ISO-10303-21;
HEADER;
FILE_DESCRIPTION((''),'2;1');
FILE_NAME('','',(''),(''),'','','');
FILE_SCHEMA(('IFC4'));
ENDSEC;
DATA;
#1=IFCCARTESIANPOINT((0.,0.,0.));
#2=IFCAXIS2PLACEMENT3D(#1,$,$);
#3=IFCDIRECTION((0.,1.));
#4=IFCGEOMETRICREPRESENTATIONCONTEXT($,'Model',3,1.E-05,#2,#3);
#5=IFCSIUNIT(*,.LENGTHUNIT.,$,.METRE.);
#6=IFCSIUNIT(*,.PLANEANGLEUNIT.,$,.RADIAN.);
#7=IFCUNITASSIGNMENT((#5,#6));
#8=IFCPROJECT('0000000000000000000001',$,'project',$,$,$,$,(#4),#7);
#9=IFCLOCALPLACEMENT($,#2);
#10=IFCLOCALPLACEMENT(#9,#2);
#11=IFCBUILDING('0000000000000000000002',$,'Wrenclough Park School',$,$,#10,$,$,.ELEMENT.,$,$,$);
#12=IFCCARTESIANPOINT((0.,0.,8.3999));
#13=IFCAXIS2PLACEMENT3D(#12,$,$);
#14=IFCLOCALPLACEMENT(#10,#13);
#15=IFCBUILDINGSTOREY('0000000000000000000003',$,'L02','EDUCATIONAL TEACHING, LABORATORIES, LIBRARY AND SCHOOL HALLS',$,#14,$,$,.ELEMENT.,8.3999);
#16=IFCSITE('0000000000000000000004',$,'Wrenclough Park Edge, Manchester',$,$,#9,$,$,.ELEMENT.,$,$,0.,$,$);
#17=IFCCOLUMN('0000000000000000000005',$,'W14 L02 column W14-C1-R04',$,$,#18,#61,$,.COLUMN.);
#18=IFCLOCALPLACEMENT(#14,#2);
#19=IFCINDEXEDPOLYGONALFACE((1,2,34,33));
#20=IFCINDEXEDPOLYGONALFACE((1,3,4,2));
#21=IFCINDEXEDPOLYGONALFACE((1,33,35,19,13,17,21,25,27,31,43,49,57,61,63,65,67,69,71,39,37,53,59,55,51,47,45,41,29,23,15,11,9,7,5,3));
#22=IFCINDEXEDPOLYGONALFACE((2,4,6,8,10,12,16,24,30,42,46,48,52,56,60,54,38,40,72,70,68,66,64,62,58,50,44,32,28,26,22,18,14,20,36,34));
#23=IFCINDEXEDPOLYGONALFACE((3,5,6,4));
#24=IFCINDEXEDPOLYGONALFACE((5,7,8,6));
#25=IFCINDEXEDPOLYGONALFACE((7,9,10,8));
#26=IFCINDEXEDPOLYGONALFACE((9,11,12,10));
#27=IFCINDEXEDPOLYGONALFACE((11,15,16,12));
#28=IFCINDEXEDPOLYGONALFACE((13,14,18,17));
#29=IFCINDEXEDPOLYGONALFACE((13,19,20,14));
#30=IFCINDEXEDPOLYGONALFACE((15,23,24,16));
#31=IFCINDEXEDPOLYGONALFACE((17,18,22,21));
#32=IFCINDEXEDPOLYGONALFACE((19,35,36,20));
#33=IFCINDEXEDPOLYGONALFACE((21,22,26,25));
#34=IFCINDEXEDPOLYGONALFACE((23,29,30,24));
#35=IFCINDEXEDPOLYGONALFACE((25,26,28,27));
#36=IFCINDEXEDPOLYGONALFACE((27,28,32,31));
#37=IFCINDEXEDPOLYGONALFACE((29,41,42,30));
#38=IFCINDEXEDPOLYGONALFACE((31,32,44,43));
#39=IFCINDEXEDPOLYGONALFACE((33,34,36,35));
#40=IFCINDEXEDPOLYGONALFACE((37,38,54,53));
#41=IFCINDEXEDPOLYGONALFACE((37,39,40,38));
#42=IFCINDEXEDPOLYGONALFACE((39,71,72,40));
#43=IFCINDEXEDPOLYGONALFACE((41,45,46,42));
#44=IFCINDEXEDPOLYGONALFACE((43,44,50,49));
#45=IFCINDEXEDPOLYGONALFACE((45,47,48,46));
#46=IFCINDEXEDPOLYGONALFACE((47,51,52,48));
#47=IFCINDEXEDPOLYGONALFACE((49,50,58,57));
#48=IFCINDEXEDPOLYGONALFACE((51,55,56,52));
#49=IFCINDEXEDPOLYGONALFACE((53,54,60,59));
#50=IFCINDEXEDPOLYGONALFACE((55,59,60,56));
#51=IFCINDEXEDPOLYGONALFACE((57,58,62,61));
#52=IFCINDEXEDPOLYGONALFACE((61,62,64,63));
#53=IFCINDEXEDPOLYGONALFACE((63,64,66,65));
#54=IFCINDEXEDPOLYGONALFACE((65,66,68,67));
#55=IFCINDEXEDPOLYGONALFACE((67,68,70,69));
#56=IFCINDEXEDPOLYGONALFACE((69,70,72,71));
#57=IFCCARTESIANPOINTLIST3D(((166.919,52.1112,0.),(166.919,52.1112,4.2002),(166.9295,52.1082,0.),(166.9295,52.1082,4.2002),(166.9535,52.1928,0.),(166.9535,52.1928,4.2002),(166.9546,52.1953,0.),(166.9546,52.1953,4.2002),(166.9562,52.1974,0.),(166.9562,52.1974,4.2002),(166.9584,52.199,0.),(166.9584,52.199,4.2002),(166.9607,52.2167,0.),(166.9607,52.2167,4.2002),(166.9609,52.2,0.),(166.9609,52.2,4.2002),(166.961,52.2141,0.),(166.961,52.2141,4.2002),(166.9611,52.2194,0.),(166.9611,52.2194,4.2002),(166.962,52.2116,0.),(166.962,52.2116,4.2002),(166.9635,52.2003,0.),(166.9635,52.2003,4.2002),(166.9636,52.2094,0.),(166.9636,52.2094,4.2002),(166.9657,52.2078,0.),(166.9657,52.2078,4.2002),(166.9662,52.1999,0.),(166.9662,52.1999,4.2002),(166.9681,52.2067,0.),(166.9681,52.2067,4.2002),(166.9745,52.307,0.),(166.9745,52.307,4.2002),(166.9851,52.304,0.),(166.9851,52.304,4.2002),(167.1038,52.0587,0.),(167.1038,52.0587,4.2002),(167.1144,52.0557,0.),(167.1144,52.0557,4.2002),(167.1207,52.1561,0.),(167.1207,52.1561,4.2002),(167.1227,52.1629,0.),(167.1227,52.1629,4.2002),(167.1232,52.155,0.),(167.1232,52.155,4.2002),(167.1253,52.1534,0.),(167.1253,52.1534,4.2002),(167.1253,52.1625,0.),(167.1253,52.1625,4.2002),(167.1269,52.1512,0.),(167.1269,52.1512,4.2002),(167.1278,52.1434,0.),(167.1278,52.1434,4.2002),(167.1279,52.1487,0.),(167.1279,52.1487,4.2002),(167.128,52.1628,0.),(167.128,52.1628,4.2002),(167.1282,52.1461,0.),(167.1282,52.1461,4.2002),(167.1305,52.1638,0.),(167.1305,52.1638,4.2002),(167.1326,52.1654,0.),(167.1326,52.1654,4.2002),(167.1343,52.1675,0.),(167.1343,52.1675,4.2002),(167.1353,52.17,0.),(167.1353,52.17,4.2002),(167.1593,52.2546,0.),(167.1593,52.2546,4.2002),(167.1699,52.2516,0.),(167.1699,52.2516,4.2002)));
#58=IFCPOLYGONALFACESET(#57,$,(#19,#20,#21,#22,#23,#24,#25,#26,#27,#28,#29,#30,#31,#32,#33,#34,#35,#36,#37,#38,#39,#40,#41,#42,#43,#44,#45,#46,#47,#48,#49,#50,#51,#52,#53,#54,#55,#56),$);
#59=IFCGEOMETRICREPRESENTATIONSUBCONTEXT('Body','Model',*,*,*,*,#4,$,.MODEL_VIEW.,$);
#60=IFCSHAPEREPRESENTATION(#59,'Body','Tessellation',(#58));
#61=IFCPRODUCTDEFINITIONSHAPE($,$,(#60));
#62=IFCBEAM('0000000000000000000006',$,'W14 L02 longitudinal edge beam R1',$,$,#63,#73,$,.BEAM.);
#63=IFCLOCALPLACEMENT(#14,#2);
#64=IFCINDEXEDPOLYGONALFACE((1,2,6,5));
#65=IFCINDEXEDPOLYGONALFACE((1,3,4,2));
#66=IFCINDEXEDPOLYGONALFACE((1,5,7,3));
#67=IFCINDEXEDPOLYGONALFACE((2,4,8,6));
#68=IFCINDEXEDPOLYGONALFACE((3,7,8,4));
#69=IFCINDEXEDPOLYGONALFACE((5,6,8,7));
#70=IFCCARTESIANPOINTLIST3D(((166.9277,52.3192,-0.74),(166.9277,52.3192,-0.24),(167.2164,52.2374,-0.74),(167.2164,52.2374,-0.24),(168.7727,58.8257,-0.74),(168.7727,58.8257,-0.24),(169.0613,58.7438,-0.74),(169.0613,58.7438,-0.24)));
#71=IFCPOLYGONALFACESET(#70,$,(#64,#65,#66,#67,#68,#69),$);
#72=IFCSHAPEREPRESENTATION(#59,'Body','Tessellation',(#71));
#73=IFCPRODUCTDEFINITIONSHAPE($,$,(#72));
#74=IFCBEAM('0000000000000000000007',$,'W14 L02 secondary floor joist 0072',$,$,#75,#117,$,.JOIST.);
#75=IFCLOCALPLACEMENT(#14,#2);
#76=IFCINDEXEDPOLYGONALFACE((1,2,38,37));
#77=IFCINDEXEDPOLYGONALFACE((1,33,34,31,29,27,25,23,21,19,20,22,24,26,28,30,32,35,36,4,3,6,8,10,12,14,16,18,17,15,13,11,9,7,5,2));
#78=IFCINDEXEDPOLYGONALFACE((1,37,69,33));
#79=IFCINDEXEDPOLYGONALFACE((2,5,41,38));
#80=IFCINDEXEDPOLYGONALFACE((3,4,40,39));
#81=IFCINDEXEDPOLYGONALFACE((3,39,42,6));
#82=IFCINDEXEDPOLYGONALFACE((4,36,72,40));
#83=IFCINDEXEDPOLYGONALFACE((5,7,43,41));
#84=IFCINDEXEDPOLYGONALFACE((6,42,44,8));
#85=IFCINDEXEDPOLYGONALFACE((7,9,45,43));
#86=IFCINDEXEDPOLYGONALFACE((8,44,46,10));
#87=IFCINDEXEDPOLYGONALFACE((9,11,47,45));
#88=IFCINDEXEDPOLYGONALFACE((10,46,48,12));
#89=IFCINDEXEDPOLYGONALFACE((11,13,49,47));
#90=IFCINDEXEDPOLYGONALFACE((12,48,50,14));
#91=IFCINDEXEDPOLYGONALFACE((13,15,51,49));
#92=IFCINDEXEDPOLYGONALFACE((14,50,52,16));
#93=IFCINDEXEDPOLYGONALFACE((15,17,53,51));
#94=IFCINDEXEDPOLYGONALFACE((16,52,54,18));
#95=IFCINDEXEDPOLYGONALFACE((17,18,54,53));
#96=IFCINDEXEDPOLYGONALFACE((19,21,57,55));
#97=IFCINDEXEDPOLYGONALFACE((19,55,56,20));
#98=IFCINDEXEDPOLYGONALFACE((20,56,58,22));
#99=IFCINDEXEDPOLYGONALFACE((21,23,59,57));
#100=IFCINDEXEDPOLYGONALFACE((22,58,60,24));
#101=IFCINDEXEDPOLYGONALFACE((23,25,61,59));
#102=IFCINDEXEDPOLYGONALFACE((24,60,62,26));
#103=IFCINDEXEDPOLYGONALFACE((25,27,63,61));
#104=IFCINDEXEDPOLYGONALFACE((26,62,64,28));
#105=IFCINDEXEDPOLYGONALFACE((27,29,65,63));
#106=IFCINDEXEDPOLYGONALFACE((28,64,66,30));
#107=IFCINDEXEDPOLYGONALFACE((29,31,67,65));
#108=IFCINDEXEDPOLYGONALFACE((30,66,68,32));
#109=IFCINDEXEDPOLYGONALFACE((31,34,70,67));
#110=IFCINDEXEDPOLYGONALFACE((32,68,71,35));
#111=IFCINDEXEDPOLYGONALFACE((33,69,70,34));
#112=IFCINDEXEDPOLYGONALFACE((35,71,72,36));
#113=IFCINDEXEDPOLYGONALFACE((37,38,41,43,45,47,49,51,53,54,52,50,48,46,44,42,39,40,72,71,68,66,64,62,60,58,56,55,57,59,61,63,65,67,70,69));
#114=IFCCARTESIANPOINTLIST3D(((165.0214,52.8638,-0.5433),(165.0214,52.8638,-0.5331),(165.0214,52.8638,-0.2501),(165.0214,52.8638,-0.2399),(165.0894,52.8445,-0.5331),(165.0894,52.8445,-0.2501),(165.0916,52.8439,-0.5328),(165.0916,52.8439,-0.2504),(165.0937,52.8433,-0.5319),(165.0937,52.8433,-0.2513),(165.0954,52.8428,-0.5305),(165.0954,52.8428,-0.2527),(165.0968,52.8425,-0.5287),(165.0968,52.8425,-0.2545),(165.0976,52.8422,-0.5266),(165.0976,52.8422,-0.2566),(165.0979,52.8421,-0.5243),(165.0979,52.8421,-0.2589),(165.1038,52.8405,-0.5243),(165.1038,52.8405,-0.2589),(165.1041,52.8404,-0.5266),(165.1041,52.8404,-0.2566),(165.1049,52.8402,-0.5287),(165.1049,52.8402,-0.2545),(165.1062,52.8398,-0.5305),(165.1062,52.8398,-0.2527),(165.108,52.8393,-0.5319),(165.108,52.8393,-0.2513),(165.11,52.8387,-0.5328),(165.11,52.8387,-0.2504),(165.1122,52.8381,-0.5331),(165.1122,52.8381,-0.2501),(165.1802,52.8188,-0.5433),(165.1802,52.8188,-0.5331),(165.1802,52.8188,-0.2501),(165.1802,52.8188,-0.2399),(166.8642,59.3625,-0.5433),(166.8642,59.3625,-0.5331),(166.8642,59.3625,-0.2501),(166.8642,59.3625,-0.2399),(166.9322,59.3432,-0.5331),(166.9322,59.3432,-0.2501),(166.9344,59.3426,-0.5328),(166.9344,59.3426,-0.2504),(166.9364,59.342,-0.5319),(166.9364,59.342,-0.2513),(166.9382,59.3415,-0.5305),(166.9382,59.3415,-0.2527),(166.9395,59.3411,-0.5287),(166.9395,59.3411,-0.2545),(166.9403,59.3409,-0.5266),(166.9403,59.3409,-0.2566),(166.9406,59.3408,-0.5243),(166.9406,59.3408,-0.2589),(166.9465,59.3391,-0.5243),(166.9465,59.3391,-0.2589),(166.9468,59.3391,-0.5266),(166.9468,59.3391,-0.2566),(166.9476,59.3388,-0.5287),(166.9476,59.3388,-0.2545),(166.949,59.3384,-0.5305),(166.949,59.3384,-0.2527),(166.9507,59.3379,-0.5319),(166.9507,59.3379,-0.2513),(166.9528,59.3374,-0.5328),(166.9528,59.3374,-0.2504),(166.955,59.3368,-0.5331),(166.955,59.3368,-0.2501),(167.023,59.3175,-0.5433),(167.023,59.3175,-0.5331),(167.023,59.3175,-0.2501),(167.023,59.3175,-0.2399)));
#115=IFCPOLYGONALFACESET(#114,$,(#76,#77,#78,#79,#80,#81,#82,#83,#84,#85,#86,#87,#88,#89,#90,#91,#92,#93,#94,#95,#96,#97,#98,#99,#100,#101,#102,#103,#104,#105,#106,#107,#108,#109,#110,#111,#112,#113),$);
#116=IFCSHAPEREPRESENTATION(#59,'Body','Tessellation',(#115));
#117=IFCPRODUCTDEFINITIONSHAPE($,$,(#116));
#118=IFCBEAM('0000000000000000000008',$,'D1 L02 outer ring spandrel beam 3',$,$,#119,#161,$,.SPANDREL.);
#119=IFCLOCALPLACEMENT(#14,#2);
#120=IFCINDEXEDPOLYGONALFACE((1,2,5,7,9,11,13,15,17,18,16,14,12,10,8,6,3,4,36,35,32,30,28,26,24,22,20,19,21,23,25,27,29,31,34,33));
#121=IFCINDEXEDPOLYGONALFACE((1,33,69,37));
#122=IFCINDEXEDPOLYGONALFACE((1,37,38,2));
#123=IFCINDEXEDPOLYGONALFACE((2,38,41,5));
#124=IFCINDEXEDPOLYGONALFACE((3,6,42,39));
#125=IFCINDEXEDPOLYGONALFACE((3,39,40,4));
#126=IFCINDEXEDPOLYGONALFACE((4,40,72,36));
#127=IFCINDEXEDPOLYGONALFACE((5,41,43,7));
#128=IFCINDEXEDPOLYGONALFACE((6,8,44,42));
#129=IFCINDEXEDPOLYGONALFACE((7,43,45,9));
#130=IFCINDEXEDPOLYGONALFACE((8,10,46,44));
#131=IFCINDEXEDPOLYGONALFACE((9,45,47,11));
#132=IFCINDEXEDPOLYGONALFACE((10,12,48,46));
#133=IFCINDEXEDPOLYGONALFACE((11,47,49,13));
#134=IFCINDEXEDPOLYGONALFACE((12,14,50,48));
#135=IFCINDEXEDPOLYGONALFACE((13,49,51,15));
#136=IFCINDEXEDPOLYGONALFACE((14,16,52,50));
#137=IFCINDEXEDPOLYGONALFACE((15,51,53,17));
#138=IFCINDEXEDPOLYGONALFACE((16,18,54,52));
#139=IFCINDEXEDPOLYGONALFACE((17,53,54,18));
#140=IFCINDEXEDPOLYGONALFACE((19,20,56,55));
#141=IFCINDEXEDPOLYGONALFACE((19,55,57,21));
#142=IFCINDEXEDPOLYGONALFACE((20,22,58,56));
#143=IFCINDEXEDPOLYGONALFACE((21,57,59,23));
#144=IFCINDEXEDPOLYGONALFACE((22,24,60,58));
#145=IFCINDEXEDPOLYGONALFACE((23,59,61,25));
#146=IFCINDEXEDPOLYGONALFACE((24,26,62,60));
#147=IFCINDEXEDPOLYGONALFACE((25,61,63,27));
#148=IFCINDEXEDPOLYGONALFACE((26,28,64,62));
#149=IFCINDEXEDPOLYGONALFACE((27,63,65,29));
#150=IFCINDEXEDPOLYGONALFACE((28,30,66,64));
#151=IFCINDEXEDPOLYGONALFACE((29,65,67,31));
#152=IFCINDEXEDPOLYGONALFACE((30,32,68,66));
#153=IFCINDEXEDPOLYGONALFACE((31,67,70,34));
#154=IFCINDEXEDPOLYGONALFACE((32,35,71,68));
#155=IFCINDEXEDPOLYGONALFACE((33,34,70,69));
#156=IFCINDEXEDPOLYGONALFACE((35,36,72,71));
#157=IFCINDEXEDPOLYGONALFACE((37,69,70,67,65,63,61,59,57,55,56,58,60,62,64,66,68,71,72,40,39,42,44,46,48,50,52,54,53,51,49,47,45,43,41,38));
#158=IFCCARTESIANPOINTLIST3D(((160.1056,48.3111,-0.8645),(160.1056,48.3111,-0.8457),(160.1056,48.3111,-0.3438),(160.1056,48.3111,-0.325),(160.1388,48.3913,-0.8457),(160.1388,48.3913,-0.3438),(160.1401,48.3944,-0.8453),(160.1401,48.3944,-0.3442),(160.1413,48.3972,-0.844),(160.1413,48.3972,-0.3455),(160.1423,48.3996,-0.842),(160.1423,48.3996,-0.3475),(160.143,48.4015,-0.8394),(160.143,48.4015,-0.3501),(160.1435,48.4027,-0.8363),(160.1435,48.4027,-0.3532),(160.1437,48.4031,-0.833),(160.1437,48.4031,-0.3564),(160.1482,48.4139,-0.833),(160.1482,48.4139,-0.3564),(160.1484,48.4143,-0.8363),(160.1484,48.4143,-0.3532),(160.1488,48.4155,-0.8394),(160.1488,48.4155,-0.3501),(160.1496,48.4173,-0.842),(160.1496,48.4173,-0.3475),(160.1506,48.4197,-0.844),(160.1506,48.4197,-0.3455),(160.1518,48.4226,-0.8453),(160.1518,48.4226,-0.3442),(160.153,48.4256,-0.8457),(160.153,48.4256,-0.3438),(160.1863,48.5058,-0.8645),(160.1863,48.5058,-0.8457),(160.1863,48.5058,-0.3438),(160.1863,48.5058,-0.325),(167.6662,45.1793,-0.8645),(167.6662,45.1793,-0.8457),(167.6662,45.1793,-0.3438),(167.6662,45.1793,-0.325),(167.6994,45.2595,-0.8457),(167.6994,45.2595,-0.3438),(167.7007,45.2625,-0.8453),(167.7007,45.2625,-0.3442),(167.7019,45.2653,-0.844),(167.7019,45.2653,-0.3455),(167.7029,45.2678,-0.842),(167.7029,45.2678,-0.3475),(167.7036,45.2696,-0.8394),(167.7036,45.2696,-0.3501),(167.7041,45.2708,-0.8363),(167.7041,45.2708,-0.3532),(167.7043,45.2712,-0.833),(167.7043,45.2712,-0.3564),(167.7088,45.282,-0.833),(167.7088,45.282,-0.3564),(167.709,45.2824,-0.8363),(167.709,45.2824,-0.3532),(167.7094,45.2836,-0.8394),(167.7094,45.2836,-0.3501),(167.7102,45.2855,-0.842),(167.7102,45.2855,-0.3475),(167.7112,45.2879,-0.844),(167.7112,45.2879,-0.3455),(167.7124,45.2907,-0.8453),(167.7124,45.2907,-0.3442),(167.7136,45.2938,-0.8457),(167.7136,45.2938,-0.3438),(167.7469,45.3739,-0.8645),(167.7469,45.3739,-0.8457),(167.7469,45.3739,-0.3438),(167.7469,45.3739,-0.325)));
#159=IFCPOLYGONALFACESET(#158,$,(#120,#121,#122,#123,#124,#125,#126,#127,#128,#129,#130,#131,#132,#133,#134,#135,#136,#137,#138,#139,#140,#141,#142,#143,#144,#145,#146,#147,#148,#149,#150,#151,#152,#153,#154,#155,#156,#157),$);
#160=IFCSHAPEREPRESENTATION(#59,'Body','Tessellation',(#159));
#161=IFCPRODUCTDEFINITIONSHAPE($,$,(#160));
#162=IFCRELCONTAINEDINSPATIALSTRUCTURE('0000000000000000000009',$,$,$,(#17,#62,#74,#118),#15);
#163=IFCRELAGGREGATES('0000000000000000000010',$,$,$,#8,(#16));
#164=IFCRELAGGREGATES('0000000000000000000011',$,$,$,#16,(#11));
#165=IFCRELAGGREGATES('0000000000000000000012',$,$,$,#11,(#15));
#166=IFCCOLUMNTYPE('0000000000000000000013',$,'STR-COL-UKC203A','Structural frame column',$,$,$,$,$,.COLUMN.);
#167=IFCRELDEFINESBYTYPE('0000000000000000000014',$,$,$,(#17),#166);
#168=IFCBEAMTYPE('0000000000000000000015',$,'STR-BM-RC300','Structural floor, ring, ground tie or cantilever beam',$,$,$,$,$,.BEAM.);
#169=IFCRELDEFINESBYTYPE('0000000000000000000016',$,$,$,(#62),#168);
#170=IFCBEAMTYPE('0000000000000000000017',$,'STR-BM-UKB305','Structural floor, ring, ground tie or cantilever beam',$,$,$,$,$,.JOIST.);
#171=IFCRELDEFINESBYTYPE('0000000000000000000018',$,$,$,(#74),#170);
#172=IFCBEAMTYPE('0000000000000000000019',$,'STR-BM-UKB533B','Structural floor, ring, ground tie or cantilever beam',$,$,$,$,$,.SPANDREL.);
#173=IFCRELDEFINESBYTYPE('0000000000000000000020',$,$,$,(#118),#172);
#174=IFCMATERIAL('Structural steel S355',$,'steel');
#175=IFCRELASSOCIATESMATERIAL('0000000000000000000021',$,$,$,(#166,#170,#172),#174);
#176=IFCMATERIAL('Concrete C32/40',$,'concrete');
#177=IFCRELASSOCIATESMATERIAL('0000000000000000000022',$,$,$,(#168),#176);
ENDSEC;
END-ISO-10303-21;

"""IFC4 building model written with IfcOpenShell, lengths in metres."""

from ifc_helpers import new_model, si_unit, direction, frame, origin, origin_2d, place, context, subcontext, project, spatial, rectangle, i_section, extrude, material, material_profile, profile_set, type_object, element, save


model = new_model("IFC4")

# Units and contexts
model_context = context("Model", 3, precision=1e-05, world=origin(), true_north=direction((0.0, 1.0)))
body_context = subcontext(model_context, "Body", "Model", "MODEL_VIEW")
ifc_project = project(units=[si_unit("LENGTHUNIT", "METRE"), si_unit("PLANEANGLEUNIT", "RADIAN")], contexts=[model_context])

# Site, building, storey
site_placement = place(None, origin())
site = spatial("IfcSite", under=ifc_project, at=site_placement, Name="Wrenclough Park Edge, Manchester", CompositionType="ELEMENT", RefElevation=0.0)
building_placement = place(site_placement, origin())
building = spatial("IfcBuilding", under=site, at=building_placement, Name="Wrenclough Park School", CompositionType="ELEMENT")
storey_placement = place(building_placement, frame((0.0, 0.0, 8.3999)))
storey = spatial("IfcBuildingStorey", under=building, at=storey_placement, Name="L02", Description="EDUCATIONAL TEACHING, LABORATORIES, LIBRARY AND SCHOOL HALLS", CompositionType="ELEMENT", Elevation=8.3999)

# Column
ifc_material_1 = material(Name="Structural steel S355", Category="steel")
ifc_material_profile_1 = material_profile(ifc_material_1, i_section(OverallWidth=0.2036, OverallDepth=0.2031, WebThickness=0.0071, FlangeThickness=0.011, FilletRadius=0.0103, at=origin_2d()), Name="UKC 203x203x46")
ifc_profile_set_1 = profile_set([ifc_material_profile_1], Name="Structural steel S355")
column_type_1 = type_object("IfcColumnType", Name="STR-COL-UKC203A", Description="Structural frame column", PredefinedType="COLUMN", material=ifc_profile_set_1)
column_1_placement = place(storey_placement, frame((167.0444, 52.1814, 0.0), z_axis=(0.0, 0.0, 1.0), x_axis=(0.272784, 0.962075, 0.0)))
element("IfcColumn", 1, at=column_1_placement, inside=storey, type_object=column_type_1, Name="W14 L02 column W14-C1-R04", PredefinedType="COLUMN", context=body_context, shape_type="SweptSolid", body=[
    extrude(i_section(OverallWidth=0.2036, OverallDepth=0.2031, WebThickness=0.0071, FlangeThickness=0.011, FilletRadius=0.0103, at=origin_2d()), origin(), (0.0, 0.0, 1.0), 4.2002),
])

# Beams
ifc_material_2 = material(Name="Concrete C32/40", Category="concrete")
ifc_material_profile_2 = material_profile(ifc_material_2, rectangle(XDim=0.3, YDim=0.5, at=origin_2d()), Name="RC BEAM 300x500")
ifc_profile_set_2 = profile_set([ifc_material_profile_2], Name="Concrete C32/40")
beam_type_1 = type_object("IfcBeamType", Name="STR-BM-RC300", Description="Structural floor, ring, ground tie or cantilever beam", PredefinedType="BEAM", material=ifc_profile_set_2)
beam_1_placement = place(storey_placement, frame((167.072, 52.2783, -0.49), z_axis=(0.272809, 0.962068, 0.0), x_axis=(-0.962068, 0.272809, 0.0)))
element("IfcBeam", 2, at=beam_1_placement, inside=storey, type_object=beam_type_1, Name="W14 L02 longitudinal edge beam R1", PredefinedType="BEAM", context=body_context, shape_type="SweptSolid", body=[
    extrude(rectangle(XDim=0.3, YDim=0.5, at=origin_2d()), origin(), (0.0, 0.0, 1.0), 6.7629),
])
ifc_material_profile_3 = material_profile(ifc_material_1, i_section(OverallWidth=0.165, OverallDepth=0.3035, WebThickness=0.0061, FlangeThickness=0.0103, FilletRadius=0.0088, at=origin_2d()), Name="UKB 305x165x40")
ifc_profile_set_3 = profile_set([ifc_material_profile_3], Name="Structural steel S355")
beam_type_2 = type_object("IfcBeamType", Name="STR-BM-UKB305", Description="Structural floor, ring, ground tie or cantilever beam", PredefinedType="JOIST", material=ifc_profile_set_3)
beam_2_placement = place(storey_placement, frame((165.1008, 52.8413, -0.3916), z_axis=(0.272802, 0.96207, 0.0), x_axis=(-0.96207, 0.272802, 0.0)))
element("IfcBeam", 3, at=beam_2_placement, inside=storey, type_object=beam_type_2, Name="W14 L02 secondary floor joist 0072", PredefinedType="JOIST", context=body_context, shape_type="SweptSolid", body=[
    extrude(i_section(OverallWidth=0.165, OverallDepth=0.3035, WebThickness=0.0061, FlangeThickness=0.0103, FilletRadius=0.0088, at=origin_2d()), origin(), (0.0, 0.0, 1.0), 6.7549),
])
ifc_material_profile_4 = material_profile(ifc_material_1, i_section(OverallWidth=0.2107, OverallDepth=0.5396, WebThickness=0.0117, FlangeThickness=0.0188, FilletRadius=0.0127, at=origin_2d()), Name="UKB 533x210x109")
ifc_profile_set_4 = profile_set([ifc_material_profile_4], Name="Structural steel S355")
beam_type_3 = type_object("IfcBeamType", Name="STR-BM-UKB533B", Description="Structural floor, ring, ground tie or cantilever beam", PredefinedType="SPANDREL", material=ifc_profile_set_4)
beam_3_placement = place(storey_placement, frame((167.7065, 45.2766, -0.5947), z_axis=(-0.923873, 0.3827, 0.0), x_axis=(-0.3827, -0.923873, 0.0)))
element("IfcBeam", 4, at=beam_3_placement, inside=storey, type_object=beam_type_3, Name="D1 L02 outer ring spandrel beam 3", PredefinedType="SPANDREL", context=body_context, shape_type="SweptSolid", body=[
    extrude(i_section(OverallWidth=0.2107, OverallDepth=0.5396, WebThickness=0.0117, FlangeThickness=0.0188, FilletRadius=0.0127, at=origin_2d()), origin(), (0.0, 0.0, 1.0), 8.1836),
])

save(model, "model.ifc")
